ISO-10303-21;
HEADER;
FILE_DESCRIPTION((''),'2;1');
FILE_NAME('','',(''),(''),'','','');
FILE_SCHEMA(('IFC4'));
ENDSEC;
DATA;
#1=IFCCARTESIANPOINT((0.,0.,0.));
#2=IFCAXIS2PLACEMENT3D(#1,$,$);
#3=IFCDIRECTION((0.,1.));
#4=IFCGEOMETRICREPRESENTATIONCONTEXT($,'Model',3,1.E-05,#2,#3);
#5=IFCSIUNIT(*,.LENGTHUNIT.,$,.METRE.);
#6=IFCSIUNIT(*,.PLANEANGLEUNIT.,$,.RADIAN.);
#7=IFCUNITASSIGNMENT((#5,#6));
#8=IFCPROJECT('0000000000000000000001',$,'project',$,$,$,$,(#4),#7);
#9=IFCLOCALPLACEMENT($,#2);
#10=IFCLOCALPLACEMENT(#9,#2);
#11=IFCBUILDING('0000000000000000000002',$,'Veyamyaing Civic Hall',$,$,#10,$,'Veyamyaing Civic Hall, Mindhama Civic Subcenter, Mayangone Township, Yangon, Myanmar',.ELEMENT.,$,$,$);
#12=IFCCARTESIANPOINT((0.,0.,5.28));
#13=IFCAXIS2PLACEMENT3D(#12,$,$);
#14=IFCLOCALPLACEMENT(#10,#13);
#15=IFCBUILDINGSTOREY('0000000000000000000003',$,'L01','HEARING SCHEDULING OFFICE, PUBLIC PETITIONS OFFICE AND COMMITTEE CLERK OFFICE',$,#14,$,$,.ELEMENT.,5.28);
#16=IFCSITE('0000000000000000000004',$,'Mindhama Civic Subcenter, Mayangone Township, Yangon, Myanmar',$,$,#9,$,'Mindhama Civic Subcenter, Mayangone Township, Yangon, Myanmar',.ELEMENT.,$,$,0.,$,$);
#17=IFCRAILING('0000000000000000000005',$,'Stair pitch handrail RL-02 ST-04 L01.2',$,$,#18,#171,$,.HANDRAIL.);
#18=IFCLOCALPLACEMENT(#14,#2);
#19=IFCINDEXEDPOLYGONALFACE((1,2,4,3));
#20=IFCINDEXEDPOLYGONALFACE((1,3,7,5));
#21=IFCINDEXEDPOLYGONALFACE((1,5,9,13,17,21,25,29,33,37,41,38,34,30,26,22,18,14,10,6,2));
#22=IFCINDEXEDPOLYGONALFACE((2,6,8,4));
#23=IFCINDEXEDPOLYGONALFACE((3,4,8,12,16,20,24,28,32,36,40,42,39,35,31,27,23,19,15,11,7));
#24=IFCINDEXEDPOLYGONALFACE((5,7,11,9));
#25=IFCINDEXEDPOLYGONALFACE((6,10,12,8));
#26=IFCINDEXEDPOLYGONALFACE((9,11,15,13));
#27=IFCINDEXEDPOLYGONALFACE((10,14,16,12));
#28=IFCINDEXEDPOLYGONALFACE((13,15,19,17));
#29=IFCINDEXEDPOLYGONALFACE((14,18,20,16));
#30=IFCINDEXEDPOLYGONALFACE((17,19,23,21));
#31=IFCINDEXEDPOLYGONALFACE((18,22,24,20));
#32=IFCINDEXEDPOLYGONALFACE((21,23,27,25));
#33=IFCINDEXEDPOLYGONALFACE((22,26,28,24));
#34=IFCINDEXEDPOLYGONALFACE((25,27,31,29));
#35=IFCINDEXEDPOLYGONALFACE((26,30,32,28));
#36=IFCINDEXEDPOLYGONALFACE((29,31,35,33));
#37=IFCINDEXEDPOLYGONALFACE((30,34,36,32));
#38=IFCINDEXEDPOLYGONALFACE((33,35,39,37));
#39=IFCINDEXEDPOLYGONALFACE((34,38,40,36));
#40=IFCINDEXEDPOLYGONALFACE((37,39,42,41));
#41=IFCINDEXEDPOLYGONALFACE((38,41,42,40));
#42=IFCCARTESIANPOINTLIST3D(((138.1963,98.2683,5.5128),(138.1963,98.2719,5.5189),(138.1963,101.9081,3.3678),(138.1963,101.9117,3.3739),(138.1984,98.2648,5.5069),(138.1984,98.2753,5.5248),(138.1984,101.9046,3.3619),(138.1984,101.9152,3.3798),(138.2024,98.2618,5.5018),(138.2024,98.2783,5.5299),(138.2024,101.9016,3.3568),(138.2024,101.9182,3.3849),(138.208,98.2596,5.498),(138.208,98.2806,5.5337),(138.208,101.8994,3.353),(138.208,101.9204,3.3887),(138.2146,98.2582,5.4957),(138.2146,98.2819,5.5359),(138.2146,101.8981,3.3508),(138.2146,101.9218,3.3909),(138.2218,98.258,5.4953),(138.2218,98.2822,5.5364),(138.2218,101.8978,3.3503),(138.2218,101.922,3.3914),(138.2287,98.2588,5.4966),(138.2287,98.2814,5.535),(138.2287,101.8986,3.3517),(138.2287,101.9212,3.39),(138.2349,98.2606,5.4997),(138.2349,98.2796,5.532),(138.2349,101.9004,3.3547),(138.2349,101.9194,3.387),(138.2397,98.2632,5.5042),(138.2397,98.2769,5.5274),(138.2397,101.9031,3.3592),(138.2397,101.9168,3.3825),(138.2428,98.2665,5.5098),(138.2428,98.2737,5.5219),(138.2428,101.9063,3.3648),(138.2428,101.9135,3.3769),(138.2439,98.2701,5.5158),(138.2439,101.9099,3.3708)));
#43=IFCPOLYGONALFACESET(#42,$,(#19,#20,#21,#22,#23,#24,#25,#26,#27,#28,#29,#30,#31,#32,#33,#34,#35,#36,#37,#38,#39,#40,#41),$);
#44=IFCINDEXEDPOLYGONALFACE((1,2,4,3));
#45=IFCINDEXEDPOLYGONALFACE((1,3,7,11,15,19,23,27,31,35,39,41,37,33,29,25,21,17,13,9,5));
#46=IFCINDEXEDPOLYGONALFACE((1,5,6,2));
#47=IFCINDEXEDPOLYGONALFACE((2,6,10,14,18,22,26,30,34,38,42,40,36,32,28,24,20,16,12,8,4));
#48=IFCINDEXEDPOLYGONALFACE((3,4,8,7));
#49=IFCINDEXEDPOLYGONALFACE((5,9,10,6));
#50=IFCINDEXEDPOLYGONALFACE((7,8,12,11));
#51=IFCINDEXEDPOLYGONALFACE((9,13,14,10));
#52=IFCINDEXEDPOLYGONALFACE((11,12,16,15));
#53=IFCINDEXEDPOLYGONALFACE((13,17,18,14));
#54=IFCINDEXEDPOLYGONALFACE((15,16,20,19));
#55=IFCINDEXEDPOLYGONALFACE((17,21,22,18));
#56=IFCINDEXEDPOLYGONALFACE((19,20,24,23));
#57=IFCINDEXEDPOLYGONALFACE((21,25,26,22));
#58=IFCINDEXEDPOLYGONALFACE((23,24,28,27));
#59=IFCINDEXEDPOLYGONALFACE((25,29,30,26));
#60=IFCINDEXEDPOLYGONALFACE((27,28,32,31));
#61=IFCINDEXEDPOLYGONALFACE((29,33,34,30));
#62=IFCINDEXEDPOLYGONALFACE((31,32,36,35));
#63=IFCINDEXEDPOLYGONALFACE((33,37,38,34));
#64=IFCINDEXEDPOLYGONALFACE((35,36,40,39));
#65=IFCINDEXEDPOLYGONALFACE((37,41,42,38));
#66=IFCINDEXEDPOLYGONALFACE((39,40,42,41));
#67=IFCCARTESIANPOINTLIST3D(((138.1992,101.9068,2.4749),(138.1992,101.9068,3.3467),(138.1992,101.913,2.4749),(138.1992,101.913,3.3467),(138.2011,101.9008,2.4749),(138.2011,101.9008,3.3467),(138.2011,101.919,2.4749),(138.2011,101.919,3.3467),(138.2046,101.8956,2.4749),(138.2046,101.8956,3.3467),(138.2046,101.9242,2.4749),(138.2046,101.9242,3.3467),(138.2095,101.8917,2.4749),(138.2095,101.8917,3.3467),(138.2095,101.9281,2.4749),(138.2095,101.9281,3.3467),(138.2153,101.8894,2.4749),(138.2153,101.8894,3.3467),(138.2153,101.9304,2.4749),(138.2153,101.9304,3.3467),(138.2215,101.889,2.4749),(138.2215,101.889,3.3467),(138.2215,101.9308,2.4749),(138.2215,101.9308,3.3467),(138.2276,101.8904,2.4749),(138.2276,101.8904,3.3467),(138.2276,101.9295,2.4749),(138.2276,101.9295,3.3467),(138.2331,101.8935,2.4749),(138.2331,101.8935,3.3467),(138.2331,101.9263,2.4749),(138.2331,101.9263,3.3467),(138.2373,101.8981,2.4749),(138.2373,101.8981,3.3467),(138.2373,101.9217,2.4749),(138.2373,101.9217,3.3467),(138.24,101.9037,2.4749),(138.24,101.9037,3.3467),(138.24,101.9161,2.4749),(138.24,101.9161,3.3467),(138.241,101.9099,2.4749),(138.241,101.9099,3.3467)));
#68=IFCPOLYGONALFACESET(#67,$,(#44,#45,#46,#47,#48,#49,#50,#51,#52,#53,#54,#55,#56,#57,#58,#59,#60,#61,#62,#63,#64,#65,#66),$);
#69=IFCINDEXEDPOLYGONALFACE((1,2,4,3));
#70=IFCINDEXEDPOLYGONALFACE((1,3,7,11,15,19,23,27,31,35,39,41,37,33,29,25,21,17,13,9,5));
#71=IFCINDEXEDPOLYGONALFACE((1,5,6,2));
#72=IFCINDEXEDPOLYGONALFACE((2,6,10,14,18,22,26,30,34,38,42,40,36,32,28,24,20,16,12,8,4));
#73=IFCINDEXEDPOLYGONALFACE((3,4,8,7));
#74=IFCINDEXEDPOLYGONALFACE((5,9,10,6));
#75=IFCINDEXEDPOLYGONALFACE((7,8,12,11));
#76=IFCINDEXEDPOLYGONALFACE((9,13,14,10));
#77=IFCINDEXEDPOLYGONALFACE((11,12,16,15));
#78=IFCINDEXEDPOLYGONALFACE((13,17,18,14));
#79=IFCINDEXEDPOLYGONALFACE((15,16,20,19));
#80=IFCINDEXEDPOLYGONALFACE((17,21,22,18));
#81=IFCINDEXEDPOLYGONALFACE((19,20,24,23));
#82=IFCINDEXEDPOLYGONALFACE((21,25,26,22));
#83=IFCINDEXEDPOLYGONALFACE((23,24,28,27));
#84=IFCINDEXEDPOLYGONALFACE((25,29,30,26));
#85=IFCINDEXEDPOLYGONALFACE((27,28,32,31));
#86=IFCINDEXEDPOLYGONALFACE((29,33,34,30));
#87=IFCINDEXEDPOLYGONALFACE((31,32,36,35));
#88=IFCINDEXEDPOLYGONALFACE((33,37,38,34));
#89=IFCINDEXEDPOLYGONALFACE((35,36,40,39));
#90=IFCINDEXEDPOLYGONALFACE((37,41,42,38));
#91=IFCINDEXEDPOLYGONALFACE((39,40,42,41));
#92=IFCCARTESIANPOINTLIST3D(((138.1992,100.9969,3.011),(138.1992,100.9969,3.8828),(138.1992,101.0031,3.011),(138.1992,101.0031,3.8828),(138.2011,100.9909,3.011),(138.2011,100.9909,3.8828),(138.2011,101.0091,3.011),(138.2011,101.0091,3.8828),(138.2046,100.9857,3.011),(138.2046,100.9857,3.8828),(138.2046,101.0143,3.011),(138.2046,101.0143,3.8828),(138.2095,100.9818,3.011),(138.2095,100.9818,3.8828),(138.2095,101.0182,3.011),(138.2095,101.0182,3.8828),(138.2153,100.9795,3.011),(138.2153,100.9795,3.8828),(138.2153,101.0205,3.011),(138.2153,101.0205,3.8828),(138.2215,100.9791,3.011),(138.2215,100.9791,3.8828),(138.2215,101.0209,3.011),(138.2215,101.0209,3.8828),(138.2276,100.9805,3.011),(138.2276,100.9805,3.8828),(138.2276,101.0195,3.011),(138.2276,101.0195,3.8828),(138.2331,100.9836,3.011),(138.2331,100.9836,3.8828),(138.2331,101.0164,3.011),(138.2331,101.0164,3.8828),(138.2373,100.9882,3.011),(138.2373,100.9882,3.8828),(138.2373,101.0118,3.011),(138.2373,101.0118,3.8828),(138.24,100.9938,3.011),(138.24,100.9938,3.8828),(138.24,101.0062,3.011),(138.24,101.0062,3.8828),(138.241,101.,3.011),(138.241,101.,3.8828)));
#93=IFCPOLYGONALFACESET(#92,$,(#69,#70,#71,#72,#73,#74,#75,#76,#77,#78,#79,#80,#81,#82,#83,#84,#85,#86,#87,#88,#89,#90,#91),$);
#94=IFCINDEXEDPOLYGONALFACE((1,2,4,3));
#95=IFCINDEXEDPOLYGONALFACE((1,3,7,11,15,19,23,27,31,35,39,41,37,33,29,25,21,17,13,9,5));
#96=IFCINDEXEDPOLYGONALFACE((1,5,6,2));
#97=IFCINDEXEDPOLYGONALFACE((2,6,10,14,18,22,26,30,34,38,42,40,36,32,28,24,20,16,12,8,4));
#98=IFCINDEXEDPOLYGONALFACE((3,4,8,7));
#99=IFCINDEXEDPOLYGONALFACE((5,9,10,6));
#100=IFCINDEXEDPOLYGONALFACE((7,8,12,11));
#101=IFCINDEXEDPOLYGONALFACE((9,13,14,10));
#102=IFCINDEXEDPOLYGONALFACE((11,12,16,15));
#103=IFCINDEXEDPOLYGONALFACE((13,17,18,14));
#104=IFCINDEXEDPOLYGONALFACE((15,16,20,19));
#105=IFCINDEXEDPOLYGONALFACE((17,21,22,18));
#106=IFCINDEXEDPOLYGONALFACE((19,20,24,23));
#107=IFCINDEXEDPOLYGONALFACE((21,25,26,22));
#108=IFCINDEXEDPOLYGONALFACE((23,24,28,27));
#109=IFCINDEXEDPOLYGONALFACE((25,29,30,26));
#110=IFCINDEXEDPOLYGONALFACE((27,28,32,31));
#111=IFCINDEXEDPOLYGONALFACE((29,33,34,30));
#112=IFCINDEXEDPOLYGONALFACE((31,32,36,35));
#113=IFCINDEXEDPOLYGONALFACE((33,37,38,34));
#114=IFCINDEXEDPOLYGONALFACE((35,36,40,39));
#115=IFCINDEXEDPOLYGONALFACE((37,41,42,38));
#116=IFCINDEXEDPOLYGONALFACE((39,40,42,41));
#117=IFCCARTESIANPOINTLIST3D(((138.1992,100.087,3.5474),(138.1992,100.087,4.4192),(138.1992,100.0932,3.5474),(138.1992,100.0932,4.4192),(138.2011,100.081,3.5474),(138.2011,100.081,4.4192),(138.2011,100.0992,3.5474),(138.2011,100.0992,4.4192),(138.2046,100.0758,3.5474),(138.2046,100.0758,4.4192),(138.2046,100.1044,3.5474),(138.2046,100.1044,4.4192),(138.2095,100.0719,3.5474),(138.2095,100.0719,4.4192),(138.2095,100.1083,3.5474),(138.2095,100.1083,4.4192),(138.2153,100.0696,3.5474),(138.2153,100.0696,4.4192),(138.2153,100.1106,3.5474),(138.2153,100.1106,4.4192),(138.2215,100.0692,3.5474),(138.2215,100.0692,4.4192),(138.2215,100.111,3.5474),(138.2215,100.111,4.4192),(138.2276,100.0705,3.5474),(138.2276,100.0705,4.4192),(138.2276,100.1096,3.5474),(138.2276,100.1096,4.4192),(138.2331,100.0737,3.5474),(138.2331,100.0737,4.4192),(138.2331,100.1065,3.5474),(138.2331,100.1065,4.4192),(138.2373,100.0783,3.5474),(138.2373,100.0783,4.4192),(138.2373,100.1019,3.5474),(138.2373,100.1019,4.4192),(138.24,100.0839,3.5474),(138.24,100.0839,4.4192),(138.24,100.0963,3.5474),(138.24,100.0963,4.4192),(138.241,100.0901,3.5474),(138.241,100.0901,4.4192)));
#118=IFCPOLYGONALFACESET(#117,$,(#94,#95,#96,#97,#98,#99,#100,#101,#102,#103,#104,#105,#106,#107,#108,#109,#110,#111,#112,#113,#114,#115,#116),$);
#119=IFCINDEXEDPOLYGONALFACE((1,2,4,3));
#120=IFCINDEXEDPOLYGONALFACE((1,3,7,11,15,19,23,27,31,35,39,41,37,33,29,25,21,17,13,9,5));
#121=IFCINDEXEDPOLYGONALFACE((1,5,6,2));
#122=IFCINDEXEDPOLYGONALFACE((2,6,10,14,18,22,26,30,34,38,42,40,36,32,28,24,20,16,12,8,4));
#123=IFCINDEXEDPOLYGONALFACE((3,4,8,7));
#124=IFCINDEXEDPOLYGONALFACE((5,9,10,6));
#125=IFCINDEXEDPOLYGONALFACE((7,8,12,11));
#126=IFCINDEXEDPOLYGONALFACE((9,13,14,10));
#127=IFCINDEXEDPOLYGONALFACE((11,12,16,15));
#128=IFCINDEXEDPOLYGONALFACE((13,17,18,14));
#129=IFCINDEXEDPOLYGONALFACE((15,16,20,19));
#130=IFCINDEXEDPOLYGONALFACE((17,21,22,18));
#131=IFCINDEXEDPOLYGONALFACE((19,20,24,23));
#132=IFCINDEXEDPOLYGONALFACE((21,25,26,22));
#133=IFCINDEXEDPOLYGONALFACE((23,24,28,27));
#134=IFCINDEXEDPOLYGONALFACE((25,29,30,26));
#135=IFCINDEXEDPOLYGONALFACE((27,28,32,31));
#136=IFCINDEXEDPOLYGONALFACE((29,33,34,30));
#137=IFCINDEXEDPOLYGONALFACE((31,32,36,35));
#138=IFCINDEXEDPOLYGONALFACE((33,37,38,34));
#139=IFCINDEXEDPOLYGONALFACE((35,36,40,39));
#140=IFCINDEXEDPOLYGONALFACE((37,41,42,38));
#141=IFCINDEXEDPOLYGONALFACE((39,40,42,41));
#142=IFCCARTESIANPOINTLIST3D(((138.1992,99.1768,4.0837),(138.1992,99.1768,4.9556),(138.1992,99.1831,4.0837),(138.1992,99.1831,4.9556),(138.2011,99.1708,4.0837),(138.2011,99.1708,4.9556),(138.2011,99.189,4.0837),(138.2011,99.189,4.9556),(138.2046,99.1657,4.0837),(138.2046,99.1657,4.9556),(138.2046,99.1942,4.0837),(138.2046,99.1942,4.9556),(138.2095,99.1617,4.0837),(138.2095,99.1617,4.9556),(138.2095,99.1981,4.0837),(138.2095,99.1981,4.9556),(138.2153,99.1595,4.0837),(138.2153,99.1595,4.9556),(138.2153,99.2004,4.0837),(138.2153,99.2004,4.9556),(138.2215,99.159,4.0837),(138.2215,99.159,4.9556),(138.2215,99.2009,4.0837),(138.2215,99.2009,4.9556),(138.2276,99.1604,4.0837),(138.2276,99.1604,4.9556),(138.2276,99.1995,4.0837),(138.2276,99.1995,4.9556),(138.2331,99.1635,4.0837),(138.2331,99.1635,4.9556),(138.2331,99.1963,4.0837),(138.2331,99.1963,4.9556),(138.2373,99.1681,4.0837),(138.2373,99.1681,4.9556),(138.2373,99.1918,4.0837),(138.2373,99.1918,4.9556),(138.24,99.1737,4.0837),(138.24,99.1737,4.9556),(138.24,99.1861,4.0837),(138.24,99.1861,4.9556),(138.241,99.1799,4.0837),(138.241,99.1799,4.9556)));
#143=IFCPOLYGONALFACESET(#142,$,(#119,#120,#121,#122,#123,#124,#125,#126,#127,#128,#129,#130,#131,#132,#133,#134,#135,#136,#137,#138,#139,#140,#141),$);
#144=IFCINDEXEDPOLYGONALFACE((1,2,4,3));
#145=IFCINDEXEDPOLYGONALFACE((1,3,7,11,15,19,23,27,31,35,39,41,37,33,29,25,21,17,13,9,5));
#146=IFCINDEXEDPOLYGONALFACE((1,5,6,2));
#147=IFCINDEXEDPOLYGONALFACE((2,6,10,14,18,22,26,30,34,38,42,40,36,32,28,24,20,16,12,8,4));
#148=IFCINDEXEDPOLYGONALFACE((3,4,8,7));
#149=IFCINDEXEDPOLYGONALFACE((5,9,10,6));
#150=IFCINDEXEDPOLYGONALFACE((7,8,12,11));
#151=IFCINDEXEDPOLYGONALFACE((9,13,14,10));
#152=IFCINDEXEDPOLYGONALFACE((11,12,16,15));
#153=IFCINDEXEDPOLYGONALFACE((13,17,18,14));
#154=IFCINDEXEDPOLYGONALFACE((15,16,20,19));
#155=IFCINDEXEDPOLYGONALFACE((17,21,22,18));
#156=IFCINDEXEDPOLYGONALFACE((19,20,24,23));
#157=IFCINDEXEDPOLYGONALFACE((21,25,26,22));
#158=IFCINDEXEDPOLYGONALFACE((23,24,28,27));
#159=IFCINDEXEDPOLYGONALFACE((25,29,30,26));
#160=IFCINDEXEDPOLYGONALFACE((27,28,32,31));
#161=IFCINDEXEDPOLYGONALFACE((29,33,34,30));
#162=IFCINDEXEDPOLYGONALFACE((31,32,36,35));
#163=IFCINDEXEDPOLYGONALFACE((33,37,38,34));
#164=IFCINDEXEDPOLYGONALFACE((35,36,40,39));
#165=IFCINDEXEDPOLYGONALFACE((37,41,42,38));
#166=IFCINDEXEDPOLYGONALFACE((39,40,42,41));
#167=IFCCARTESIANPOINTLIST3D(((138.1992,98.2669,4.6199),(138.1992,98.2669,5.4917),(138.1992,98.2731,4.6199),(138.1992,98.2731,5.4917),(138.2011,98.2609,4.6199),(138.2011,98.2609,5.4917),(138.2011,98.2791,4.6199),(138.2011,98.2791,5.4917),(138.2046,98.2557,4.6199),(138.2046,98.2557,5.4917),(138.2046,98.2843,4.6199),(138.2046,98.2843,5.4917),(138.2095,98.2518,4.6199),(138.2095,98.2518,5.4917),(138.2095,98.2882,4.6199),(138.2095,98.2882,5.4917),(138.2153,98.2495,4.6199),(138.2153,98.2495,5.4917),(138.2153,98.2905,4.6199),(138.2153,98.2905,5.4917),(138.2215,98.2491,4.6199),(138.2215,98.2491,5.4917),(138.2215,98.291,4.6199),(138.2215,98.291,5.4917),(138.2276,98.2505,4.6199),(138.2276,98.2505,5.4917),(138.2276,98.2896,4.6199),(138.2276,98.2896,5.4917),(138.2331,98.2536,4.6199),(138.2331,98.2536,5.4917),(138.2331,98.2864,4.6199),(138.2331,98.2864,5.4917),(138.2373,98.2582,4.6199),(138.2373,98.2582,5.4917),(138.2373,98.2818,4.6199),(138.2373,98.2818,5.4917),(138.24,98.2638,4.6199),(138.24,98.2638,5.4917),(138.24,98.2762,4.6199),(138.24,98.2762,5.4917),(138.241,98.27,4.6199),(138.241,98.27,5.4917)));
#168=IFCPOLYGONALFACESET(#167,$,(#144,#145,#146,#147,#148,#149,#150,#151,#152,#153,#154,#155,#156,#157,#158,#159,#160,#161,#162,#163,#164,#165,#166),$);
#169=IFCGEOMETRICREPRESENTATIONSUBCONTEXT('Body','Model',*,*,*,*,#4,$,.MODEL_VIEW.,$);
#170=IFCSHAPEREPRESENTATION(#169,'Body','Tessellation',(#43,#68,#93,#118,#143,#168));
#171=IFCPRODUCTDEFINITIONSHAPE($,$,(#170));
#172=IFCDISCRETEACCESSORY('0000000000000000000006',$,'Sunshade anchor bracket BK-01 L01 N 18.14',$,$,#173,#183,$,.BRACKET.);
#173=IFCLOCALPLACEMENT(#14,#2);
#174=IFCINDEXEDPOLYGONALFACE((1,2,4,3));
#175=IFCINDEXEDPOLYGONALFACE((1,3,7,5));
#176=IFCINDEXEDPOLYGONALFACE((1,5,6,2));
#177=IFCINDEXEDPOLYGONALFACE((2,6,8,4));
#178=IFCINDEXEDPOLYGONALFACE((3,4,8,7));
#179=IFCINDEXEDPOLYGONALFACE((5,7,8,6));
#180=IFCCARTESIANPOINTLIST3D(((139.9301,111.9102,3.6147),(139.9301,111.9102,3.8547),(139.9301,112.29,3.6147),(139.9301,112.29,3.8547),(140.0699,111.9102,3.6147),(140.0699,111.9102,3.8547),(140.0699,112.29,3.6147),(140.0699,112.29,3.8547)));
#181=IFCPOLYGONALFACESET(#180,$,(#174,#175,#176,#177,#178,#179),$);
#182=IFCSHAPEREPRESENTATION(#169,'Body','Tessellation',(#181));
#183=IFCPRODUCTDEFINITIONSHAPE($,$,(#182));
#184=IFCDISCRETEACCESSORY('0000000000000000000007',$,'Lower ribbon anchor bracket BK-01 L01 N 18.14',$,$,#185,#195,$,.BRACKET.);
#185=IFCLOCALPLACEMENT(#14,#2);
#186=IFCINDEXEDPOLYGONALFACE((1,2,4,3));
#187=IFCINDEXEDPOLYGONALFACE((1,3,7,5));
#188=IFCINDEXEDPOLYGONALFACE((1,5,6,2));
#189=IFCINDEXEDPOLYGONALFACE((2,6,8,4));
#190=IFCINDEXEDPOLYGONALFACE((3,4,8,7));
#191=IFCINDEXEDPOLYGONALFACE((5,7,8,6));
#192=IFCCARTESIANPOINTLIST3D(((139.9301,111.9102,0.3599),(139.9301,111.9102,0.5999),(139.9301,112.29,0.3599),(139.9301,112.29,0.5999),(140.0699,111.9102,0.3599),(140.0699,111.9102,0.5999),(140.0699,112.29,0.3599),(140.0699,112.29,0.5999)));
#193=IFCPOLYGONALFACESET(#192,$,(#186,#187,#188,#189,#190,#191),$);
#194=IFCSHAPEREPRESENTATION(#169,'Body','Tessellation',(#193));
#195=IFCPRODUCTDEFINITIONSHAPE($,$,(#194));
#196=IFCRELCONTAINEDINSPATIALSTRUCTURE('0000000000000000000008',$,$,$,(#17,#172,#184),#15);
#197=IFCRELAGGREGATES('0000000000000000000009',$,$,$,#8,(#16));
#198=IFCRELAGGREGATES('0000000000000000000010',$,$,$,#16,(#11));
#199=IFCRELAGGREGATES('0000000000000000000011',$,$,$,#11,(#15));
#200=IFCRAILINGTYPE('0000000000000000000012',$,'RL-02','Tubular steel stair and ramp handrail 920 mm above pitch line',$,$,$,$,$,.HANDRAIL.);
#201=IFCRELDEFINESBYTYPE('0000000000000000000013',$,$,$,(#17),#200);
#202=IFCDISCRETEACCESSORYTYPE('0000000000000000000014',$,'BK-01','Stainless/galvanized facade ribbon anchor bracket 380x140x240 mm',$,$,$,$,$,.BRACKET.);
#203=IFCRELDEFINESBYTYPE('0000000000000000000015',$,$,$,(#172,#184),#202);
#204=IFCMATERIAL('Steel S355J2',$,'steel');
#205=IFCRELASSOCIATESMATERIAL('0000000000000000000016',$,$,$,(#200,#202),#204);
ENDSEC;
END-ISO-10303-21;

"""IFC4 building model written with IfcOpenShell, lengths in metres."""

from ifc_helpers import new_model, si_unit, direction, frame, origin, origin_2d, place, context, subcontext, project, spatial, rectangle, circle, extrude, material, type_object, element, save


model = new_model("IFC4")

# Units and contexts
model_context = context("Model", 3, precision=1e-05, world=origin(), true_north=direction((0.0, 1.0)))
body_context = subcontext(model_context, "Body", "Model", "MODEL_VIEW")
ifc_project = project(units=[si_unit("LENGTHUNIT", "METRE"), si_unit("PLANEANGLEUNIT", "RADIAN")], contexts=[model_context])

# Site, building, storey
site_placement = place(None, origin())
site = spatial("IfcSite", under=ifc_project, at=site_placement, Name="Mindhama Civic Subcenter, Mayangone Township, Yangon, Myanmar", LongName="Mindhama Civic Subcenter, Mayangone Township, Yangon, Myanmar", CompositionType="ELEMENT", RefElevation=0.0)
building_placement = place(site_placement, origin())
building = spatial("IfcBuilding", under=site, at=building_placement, Name="Veyamyaing Civic Hall", LongName="Veyamyaing Civic Hall, Mindhama Civic Subcenter, Mayangone Township, Yangon, Myanmar", CompositionType="ELEMENT")
storey_placement = place(building_placement, frame((0.0, 0.0, 5.28)))
storey = spatial("IfcBuildingStorey", under=building, at=storey_placement, Name="L01", Description="HEARING SCHEDULING OFFICE, PUBLIC PETITIONS OFFICE AND COMMITTEE CLERK OFFICE", CompositionType="ELEMENT", Elevation=5.28)

# Railing
ifc_material_1 = material(Name="Steel S355J2", Category="steel")
railing_type_1 = type_object("IfcRailingType", Name="RL-02", Description="Tubular steel stair and ramp handrail 920 mm above pitch line", PredefinedType="HANDRAIL", material=ifc_material_1)
railing_1_placement = place(storey_placement, frame((138.22, 101.9099, 2.4749)))
element("IfcRailing", 1, at=railing_1_placement, inside=storey, type_object=railing_type_1, Name="Stair pitch handrail RL-02 ST-04 L01.2", PredefinedType="HANDRAIL", context=body_context, shape_type="SweptSolid", body=[
    extrude(circle(Radius=0.0239, at=origin_2d()), frame((0.0, 0.0, 0.896), z_axis=(0.0, -0.86153, 0.507707), x_axis=(1.0, 0.0, 0.0)), (0.0, 0.0, 1.0), 4.2249),
    extrude(circle(Radius=0.021, at=origin_2d()), origin(), (0.0, 0.0, 1.0), 0.8718),
    extrude(circle(Radius=0.021, at=origin_2d()), frame((0.0, -0.9099, 0.5361)), (0.0, 0.0, 1.0), 0.8718),
    extrude(circle(Radius=0.021, at=origin_2d()), frame((0.0, -1.8198, 1.0725)), (0.0, 0.0, 1.0), 0.8718),
    extrude(circle(Radius=0.021, at=origin_2d()), frame((0.0, -2.73, 1.6089)), (0.0, 0.0, 1.0), 0.8718),
    extrude(circle(Radius=0.021, at=origin_2d()), frame((0.0, -3.6399, 2.145)), (0.0, 0.0, 1.0), 0.8718),
])

# Discrete accessories
discrete_accessory_type = type_object("IfcDiscreteAccessoryType", Name="BK-01", Description="Stainless/galvanized facade ribbon anchor bracket 380x140x240 mm", PredefinedType="BRACKET", material=ifc_material_1)
for number, where, z_axis, x_axis, name in (
    (2, (140.0, 112.1001, 3.6147), (0.0, 0.0, 1.0), (0.0, 1.0, 0.0), "Sunshade anchor bracket BK-01 L01 N 18.14"),
    (3, (140.0, 112.1001, 0.3599), (0.0, 0.0, 1.0), (0.0, 1.0, 0.0), "Lower ribbon anchor bracket BK-01 L01 N 18.14"),
):
    element("IfcDiscreteAccessory", number, at=place(storey_placement, frame(where, z_axis=z_axis, x_axis=x_axis)), inside=storey, type_object=discrete_accessory_type, Name=name, PredefinedType="BRACKET", context=body_context, shape_type="SweptSolid", body=[
        extrude(rectangle(XDim=0.3799, YDim=0.1399, at=origin_2d()), origin(), (0.0, 0.0, 1.0), 0.24),
    ])

save(model, "model.ifc")
